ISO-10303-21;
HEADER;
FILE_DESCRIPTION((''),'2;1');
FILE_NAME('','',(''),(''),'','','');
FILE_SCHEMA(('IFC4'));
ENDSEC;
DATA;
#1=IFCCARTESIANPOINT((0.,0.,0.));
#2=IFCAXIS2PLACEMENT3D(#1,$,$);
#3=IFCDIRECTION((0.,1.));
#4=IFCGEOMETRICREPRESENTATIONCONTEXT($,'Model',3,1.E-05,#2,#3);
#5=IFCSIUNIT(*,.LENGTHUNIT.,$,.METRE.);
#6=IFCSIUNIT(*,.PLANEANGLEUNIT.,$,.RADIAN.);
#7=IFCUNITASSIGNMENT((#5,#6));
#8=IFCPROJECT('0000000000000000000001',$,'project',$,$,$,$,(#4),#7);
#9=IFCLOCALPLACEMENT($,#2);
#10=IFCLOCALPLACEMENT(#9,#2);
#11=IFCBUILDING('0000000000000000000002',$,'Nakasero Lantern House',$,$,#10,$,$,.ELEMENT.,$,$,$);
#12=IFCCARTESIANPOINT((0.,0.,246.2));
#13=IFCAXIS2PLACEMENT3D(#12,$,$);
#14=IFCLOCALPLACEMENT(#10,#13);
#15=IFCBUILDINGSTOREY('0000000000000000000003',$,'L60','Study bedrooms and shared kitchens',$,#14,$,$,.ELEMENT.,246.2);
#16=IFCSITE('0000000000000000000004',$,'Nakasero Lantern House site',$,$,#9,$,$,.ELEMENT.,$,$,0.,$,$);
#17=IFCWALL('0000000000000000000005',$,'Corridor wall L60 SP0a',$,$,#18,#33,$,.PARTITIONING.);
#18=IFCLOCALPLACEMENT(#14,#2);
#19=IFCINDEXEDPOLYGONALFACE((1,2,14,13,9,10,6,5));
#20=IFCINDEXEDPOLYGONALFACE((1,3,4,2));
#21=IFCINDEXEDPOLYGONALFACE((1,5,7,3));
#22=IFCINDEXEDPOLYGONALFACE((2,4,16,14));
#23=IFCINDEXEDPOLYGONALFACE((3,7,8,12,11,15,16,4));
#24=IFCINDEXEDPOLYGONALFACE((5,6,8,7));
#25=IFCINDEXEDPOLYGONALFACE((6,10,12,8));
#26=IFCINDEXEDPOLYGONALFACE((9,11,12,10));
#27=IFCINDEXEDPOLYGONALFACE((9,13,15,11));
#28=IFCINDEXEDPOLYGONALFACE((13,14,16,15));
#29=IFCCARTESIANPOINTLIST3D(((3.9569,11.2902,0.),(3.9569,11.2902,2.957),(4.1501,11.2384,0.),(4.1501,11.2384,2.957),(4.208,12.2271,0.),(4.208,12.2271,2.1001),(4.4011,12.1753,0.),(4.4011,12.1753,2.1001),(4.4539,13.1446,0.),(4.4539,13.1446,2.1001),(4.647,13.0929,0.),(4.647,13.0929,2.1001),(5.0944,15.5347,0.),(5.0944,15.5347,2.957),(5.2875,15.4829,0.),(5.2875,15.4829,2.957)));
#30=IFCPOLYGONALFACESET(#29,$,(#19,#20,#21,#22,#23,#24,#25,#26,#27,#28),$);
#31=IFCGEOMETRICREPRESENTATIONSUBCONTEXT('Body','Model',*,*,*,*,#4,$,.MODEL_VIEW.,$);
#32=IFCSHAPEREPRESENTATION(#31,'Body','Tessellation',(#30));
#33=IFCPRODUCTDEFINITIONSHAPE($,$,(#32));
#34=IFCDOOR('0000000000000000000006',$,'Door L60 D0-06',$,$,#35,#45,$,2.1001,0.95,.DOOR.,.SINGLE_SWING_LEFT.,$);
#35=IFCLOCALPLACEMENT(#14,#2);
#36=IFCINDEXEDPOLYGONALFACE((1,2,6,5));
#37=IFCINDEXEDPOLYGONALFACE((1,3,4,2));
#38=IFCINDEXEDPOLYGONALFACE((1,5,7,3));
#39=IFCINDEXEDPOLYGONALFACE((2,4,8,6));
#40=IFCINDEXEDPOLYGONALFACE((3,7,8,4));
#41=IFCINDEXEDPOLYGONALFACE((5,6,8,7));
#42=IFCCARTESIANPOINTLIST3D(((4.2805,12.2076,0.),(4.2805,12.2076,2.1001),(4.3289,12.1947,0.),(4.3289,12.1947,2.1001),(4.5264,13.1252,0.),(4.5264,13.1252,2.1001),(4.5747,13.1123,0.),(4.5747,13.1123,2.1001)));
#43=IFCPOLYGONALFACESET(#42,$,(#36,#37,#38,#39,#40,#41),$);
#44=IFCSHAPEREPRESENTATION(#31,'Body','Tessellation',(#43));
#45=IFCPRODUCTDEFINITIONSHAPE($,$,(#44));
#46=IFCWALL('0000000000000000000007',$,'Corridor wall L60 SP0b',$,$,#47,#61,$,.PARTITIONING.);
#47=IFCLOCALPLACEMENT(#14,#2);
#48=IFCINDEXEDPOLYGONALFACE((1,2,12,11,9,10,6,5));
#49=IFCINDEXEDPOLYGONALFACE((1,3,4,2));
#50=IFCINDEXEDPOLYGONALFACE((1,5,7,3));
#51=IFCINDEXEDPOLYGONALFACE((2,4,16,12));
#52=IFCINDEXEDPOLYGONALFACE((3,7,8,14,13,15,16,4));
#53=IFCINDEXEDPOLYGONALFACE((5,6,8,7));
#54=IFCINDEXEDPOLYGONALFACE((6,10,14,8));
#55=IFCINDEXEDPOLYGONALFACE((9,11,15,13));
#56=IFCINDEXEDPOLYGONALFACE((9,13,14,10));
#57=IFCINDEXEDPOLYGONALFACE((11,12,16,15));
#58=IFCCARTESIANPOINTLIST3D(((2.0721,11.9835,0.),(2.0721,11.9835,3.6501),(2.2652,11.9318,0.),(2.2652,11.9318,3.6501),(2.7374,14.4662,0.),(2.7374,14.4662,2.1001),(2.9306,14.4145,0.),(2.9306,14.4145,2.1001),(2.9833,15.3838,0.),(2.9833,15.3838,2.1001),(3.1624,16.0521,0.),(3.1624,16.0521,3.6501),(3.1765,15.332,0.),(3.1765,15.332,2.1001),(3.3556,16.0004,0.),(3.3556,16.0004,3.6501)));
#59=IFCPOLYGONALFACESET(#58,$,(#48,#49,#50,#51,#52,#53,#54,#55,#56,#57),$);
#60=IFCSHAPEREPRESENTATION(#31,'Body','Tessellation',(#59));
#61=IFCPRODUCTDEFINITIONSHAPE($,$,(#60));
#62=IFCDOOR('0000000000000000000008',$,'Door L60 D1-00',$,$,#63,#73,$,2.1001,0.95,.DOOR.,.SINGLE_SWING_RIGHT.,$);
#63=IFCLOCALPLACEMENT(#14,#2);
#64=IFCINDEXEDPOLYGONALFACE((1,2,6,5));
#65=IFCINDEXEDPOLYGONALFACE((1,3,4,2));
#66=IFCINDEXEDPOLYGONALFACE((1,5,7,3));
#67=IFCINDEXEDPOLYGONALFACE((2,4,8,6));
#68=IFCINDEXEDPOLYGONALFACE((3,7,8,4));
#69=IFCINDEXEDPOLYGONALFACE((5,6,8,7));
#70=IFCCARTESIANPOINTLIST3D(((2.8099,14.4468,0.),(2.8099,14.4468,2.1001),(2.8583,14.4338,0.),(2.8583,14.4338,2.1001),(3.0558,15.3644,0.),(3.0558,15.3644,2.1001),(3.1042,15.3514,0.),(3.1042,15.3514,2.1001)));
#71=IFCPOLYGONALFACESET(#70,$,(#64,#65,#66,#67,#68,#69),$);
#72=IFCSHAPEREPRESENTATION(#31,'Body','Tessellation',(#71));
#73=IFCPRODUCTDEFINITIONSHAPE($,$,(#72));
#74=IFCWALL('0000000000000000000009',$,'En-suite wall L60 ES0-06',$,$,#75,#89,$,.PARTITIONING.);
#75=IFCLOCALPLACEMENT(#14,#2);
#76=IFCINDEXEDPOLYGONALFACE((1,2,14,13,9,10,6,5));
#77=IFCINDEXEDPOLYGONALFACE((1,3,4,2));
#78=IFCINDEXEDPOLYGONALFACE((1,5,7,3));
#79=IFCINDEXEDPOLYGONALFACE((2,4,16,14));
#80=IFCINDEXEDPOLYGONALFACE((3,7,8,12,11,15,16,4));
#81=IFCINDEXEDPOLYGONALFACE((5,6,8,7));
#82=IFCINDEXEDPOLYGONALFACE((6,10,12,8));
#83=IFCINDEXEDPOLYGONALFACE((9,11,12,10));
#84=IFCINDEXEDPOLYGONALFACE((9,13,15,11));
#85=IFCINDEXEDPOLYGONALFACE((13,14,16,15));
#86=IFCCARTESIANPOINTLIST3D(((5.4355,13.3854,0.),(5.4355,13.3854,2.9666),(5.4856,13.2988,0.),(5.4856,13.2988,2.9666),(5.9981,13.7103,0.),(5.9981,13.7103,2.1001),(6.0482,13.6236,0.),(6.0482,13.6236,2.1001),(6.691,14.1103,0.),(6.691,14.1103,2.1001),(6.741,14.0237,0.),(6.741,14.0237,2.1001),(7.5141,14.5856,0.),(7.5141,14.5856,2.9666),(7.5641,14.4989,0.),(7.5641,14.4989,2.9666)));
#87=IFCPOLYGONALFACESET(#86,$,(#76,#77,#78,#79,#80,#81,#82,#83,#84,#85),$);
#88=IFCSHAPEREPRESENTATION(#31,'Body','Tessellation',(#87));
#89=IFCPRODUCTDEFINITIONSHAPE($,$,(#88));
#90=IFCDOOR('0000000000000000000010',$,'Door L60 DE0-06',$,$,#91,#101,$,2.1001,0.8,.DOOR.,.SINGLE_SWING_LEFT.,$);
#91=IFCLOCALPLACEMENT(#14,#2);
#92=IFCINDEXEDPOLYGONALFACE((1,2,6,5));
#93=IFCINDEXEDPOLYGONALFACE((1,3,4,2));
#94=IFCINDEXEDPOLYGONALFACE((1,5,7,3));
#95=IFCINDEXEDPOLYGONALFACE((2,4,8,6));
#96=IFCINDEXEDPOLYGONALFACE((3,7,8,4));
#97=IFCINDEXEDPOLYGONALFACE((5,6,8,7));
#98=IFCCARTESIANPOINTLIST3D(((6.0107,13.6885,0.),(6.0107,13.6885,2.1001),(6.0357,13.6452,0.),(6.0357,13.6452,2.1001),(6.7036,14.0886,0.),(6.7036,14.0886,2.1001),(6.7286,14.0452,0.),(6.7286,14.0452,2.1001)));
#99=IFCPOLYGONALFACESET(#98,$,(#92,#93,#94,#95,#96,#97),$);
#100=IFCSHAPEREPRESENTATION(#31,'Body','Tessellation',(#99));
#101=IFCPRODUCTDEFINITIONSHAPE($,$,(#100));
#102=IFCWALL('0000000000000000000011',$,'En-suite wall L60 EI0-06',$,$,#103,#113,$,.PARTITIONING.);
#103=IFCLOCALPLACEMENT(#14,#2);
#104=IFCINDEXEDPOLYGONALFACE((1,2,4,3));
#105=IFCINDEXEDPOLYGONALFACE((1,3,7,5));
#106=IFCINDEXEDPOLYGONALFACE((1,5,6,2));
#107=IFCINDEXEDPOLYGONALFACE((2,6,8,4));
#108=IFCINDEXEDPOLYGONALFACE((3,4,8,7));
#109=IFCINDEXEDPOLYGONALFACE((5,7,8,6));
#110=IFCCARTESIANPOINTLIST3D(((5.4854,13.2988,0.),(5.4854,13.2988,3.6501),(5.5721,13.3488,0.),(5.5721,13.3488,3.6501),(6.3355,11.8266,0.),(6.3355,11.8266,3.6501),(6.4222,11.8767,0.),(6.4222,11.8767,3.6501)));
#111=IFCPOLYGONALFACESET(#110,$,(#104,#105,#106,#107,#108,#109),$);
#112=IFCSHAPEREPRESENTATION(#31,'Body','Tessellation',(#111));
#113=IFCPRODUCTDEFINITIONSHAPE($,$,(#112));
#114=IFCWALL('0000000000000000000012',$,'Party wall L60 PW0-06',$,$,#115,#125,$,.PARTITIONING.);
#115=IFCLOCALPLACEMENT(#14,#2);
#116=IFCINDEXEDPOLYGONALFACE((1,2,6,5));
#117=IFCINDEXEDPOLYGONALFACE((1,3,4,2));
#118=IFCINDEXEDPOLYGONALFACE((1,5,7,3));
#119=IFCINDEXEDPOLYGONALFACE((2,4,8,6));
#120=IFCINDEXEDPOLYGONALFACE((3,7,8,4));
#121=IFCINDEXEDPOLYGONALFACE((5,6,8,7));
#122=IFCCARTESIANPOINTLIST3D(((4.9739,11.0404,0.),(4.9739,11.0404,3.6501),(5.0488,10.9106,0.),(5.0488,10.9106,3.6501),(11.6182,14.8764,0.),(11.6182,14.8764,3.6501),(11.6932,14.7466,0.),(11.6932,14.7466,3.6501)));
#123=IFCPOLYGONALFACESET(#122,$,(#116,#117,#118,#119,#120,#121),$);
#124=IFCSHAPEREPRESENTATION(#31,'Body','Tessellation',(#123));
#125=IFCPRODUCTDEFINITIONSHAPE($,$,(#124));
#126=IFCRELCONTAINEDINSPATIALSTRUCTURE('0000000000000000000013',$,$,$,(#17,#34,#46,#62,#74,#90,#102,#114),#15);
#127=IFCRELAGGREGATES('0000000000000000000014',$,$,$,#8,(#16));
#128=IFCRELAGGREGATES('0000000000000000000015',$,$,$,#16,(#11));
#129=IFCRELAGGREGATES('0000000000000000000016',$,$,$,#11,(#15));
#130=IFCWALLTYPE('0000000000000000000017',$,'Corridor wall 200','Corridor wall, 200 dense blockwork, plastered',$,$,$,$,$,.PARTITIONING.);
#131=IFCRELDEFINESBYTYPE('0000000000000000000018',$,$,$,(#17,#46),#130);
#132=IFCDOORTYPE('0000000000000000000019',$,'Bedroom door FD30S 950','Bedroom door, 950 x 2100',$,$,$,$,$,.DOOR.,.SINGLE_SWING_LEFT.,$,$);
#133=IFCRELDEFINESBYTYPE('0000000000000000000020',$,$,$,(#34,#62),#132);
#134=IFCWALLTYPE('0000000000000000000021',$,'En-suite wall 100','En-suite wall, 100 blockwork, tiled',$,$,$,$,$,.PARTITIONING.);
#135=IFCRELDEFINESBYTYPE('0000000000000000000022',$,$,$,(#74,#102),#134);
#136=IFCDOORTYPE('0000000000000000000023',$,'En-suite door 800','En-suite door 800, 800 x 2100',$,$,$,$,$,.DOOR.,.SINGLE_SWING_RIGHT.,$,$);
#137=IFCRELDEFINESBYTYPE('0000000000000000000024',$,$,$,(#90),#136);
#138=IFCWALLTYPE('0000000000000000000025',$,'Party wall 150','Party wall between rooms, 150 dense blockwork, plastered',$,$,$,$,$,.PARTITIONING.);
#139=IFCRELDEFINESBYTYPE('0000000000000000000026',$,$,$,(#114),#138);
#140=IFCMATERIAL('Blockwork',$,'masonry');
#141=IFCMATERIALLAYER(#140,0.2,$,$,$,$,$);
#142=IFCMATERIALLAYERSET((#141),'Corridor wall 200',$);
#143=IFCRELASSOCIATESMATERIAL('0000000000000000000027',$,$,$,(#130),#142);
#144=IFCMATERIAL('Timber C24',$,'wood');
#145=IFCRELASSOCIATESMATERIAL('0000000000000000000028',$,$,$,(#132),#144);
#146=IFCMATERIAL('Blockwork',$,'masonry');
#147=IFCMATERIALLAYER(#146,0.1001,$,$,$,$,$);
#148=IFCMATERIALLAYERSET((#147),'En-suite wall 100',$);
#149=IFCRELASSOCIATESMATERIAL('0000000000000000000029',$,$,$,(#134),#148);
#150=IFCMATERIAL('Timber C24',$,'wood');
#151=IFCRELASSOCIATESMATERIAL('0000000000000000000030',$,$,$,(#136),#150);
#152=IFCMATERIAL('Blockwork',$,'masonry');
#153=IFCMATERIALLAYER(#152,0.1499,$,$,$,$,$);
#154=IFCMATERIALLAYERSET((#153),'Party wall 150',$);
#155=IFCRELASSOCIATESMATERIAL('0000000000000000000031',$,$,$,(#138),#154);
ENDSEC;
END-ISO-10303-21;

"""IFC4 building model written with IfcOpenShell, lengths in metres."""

from ifc_helpers import new_model, si_unit, direction, frame, frame_2d, origin, place, context, subcontext, project, spatial, rectangle, extrude, material, layer, layer_set, type_object, element, fill, save


model = new_model("IFC4")

# Units and contexts
model_context = context("Model", 3, precision=1e-05, world=origin(), true_north=direction((0.0, 1.0)))
body_context = subcontext(model_context, "Body", "Model", "MODEL_VIEW")
ifc_project = project(units=[si_unit("LENGTHUNIT", "METRE"), si_unit("PLANEANGLEUNIT", "RADIAN")], contexts=[model_context])

# Site, building, storey
site_placement = place(None, origin())
site = spatial("IfcSite", under=ifc_project, at=site_placement, Name="Nakasero Lantern House site", CompositionType="ELEMENT", RefElevation=0.0)
building_placement = place(site_placement, origin())
building = spatial("IfcBuilding", under=site, at=building_placement, Name="Nakasero Lantern House", CompositionType="ELEMENT")
storey_placement = place(building_placement, frame((0.0, 0.0, 246.2)))
storey = spatial("IfcBuildingStorey", under=building, at=storey_placement, Name="L60", Description="Study bedrooms and shared kitchens", CompositionType="ELEMENT", Elevation=246.2)

# Shared definitions
ifc_material_1 = material(Name="Blockwork", Category="masonry")
ifc_layer_1 = layer(ifc_material_1, 0.2)
ifc_layer_set_1 = layer_set([ifc_layer_1], Name="Corridor wall 200")
wall_type_1 = type_object("IfcWallType", Name="Corridor wall 200", Description="Corridor wall, 200 dense blockwork, plastered", PredefinedType="PARTITIONING", material=ifc_layer_set_1)

# Walls, openings, doors
wall_1_placement = place(storey_placement, frame((4.0535, 11.2642, 0.0), z_axis=(0.0, 0.0, 1.0), x_axis=(0.258842, 0.96592, 0.0)))
wall_1 = element("IfcWall", 1, at=wall_1_placement, inside=storey, type_object=wall_type_1, Name="Corridor wall L60 SP0a", PredefinedType="PARTITIONING", context=body_context, shape_type="SweptSolid", body=[
    extrude(rectangle(XDim=4.3943, YDim=0.2, at=frame_2d((2.1973, 0.0))), origin(), (0.0, 0.0, 1.0), 2.957),
])
opening_1_placement = place(wall_1_placement, frame((0.97, 0.0, 0.0)))
opening_1 = element("IfcOpeningElement", 2, at=opening_1_placement, cuts=wall_1, PredefinedType="OPENING", context=body_context, shape_type="SweptSolid", body=[
    extrude(rectangle(XDim=0.95, YDim=2.1001, at=frame_2d((0.4751, 1.05))), frame((0.0, 0.1199, 0.0), z_axis=(0.0, -1.0, 0.0), x_axis=(1.0, 0.0, 0.0)), (0.0, 0.0, 1.0), 0.24),
])
ifc_material_2 = material(Name="Timber C24", Category="wood")
door_type_1 = type_object("IfcDoorType", Name="Bedroom door FD30S 950", Description="Bedroom door, 950 x 2100", OperationType="SINGLE_SWING_LEFT", PredefinedType="DOOR", material=ifc_material_2)
door_1_placement = place(opening_1_placement, origin())
door_1 = element("IfcDoor", 3, at=door_1_placement, inside=storey, type_object=door_type_1, Name="Door L60 D0-06", OperationType="SINGLE_SWING_LEFT", OverallHeight=2.1001, OverallWidth=0.95, PredefinedType="DOOR", context=body_context, shape_type="SweptSolid", body=[
    extrude(rectangle(XDim=0.95, YDim=2.1001, at=frame_2d((0.4751, 1.05))), frame((0.0, 0.0249, 0.0), z_axis=(0.0, -1.0, 0.0), x_axis=(1.0, 0.0, 0.0)), (0.0, 0.0, 1.0), 0.05),
])
fill(opening_1, door_1)
wall_2_placement = place(storey_placement, frame((2.1687, 11.9578, 0.0), z_axis=(0.0, 0.0, 1.0), x_axis=(0.258853, 0.965917, 0.0)))
wall_2 = element("IfcWall", 4, at=wall_2_placement, inside=storey, type_object=wall_type_1, Name="Corridor wall L60 SP0b", PredefinedType="PARTITIONING", context=body_context, shape_type="SweptSolid", body=[
    extrude(rectangle(XDim=4.2122, YDim=0.2, at=frame_2d((2.106, 0.0))), origin(), (0.0, 0.0, 1.0), 3.6501),
])
opening_2_placement = place(wall_2_placement, frame((2.5701, 0.0, 0.0)))
opening_2 = element("IfcOpeningElement", 5, at=opening_2_placement, cuts=wall_2, PredefinedType="OPENING", context=body_context, shape_type="SweptSolid", body=[
    extrude(rectangle(XDim=0.95, YDim=2.1001, at=frame_2d((0.4751, 1.05))), frame((0.0, 0.1199, 0.0), z_axis=(0.0, -1.0, 0.0), x_axis=(1.0, 0.0, 0.0)), (0.0, 0.0, 1.0), 0.24),
])
door_2_placement = place(opening_2_placement, origin())
door_2 = element("IfcDoor", 6, at=door_2_placement, inside=storey, type_object=door_type_1, Name="Door L60 D1-00", OperationType="SINGLE_SWING_RIGHT", OverallHeight=2.1001, OverallWidth=0.95, PredefinedType="DOOR", context=body_context, shape_type="SweptSolid", body=[
    extrude(rectangle(XDim=0.95, YDim=2.1001, at=frame_2d((0.4751, 1.05))), frame((0.0, 0.0249, 0.0), z_axis=(0.0, -1.0, 0.0), x_axis=(1.0, 0.0, 0.0)), (0.0, 0.0, 1.0), 0.05),
])
fill(opening_2, door_2)
ifc_material_3 = material(Name="Blockwork", Category="masonry")
ifc_layer_2 = layer(ifc_material_3, 0.1001)
ifc_layer_set_2 = layer_set([ifc_layer_2], Name="En-suite wall 100")
wall_type_2 = type_object("IfcWallType", Name="En-suite wall 100", Description="En-suite wall, 100 blockwork, tiled", PredefinedType="PARTITIONING", material=ifc_layer_set_2)
wall_3_placement = place(storey_placement, frame((5.4604, 13.342, 0.0), z_axis=(0.0, 0.0, 1.0), x_axis=(0.866006, 0.500034, 0.0)))
wall_3 = element("IfcWall", 7, at=wall_3_placement, inside=storey, type_object=wall_type_2, Name="En-suite wall L60 ES0-06", PredefinedType="PARTITIONING", context=body_context, shape_type="SweptSolid", body=[
    extrude(rectangle(XDim=2.4001, YDim=0.1001, at=frame_2d((1.2002, 0.0))), origin(), (0.0, 0.0, 1.0), 2.9666),
])
opening_3_placement = place(wall_3_placement, frame((0.6499, 0.0, 0.0)))
opening_3 = element("IfcOpeningElement", 8, at=opening_3_placement, cuts=wall_3, PredefinedType="OPENING", context=body_context, shape_type="SweptSolid", body=[
    extrude(rectangle(XDim=0.8, YDim=2.1001, at=frame_2d((0.3999, 1.05))), frame((0.0, 0.0701, 0.0), z_axis=(0.0, -1.0, 0.0), x_axis=(1.0, 0.0, 0.0)), (0.0, 0.0, 1.0), 0.1401),
])
ifc_material_4 = material(Name="Timber C24", Category="wood")
door_type_2 = type_object("IfcDoorType", Name="En-suite door 800", Description="En-suite door 800, 800 x 2100", OperationType="SINGLE_SWING_RIGHT", PredefinedType="DOOR", material=ifc_material_4)
door_3_placement = place(opening_3_placement, origin())
door_3 = element("IfcDoor", 9, at=door_3_placement, inside=storey, type_object=door_type_2, Name="Door L60 DE0-06", OperationType="SINGLE_SWING_LEFT", OverallHeight=2.1001, OverallWidth=0.8, PredefinedType="DOOR", context=body_context, shape_type="SweptSolid", body=[
    extrude(rectangle(XDim=0.8, YDim=2.1001, at=frame_2d((0.3999, 1.05))), frame((0.0, 0.0249, 0.0), z_axis=(0.0, -1.0, 0.0), x_axis=(1.0, 0.0, 0.0)), (0.0, 0.0, 1.0), 0.05),
])
fill(opening_3, door_3)

# Walls
wall_4_placement = place(storey_placement, frame((6.3789, 11.8516, 0.0), z_axis=(0.0, 0.0, 1.0), x_axis=(-0.500062, 0.865989, 0.0)))
element("IfcWall", 10, at=wall_4_placement, inside=storey, type_object=wall_type_2, Name="En-suite wall L60 EI0-06", PredefinedType="PARTITIONING", context=body_context, shape_type="SweptSolid", body=[
    extrude(rectangle(XDim=1.7, YDim=0.1001, at=frame_2d((0.8501, 0.0))), origin(), (0.0, 0.0, 1.0), 3.6501),
])
ifc_material_5 = material(Name="Blockwork", Category="masonry")
ifc_layer_3 = layer(ifc_material_5, 0.1499)
ifc_layer_set_3 = layer_set([ifc_layer_3], Name="Party wall 150")
wall_type_3 = type_object("IfcWallType", Name="Party wall 150", Description="Party wall between rooms, 150 dense blockwork, plastered", PredefinedType="PARTITIONING", material=ifc_layer_set_3)
wall_5_placement = place(storey_placement, frame((5.0115, 10.9756, 0.0), z_axis=(0.0, 0.0, 1.0), x_axis=(0.866034, 0.499986, 0.0)))
element("IfcWall", 11, at=wall_5_placement, inside=storey, type_object=wall_type_3, Name="Party wall L60 PW0-06", PredefinedType="PARTITIONING", context=body_context, shape_type="SweptSolid", body=[
    extrude(rectangle(XDim=7.6721, YDim=0.1499, at=frame_2d((3.8359, 0.0))), origin(), (0.0, 0.0, 1.0), 3.6501),
])

save(model, "model.ifc")
